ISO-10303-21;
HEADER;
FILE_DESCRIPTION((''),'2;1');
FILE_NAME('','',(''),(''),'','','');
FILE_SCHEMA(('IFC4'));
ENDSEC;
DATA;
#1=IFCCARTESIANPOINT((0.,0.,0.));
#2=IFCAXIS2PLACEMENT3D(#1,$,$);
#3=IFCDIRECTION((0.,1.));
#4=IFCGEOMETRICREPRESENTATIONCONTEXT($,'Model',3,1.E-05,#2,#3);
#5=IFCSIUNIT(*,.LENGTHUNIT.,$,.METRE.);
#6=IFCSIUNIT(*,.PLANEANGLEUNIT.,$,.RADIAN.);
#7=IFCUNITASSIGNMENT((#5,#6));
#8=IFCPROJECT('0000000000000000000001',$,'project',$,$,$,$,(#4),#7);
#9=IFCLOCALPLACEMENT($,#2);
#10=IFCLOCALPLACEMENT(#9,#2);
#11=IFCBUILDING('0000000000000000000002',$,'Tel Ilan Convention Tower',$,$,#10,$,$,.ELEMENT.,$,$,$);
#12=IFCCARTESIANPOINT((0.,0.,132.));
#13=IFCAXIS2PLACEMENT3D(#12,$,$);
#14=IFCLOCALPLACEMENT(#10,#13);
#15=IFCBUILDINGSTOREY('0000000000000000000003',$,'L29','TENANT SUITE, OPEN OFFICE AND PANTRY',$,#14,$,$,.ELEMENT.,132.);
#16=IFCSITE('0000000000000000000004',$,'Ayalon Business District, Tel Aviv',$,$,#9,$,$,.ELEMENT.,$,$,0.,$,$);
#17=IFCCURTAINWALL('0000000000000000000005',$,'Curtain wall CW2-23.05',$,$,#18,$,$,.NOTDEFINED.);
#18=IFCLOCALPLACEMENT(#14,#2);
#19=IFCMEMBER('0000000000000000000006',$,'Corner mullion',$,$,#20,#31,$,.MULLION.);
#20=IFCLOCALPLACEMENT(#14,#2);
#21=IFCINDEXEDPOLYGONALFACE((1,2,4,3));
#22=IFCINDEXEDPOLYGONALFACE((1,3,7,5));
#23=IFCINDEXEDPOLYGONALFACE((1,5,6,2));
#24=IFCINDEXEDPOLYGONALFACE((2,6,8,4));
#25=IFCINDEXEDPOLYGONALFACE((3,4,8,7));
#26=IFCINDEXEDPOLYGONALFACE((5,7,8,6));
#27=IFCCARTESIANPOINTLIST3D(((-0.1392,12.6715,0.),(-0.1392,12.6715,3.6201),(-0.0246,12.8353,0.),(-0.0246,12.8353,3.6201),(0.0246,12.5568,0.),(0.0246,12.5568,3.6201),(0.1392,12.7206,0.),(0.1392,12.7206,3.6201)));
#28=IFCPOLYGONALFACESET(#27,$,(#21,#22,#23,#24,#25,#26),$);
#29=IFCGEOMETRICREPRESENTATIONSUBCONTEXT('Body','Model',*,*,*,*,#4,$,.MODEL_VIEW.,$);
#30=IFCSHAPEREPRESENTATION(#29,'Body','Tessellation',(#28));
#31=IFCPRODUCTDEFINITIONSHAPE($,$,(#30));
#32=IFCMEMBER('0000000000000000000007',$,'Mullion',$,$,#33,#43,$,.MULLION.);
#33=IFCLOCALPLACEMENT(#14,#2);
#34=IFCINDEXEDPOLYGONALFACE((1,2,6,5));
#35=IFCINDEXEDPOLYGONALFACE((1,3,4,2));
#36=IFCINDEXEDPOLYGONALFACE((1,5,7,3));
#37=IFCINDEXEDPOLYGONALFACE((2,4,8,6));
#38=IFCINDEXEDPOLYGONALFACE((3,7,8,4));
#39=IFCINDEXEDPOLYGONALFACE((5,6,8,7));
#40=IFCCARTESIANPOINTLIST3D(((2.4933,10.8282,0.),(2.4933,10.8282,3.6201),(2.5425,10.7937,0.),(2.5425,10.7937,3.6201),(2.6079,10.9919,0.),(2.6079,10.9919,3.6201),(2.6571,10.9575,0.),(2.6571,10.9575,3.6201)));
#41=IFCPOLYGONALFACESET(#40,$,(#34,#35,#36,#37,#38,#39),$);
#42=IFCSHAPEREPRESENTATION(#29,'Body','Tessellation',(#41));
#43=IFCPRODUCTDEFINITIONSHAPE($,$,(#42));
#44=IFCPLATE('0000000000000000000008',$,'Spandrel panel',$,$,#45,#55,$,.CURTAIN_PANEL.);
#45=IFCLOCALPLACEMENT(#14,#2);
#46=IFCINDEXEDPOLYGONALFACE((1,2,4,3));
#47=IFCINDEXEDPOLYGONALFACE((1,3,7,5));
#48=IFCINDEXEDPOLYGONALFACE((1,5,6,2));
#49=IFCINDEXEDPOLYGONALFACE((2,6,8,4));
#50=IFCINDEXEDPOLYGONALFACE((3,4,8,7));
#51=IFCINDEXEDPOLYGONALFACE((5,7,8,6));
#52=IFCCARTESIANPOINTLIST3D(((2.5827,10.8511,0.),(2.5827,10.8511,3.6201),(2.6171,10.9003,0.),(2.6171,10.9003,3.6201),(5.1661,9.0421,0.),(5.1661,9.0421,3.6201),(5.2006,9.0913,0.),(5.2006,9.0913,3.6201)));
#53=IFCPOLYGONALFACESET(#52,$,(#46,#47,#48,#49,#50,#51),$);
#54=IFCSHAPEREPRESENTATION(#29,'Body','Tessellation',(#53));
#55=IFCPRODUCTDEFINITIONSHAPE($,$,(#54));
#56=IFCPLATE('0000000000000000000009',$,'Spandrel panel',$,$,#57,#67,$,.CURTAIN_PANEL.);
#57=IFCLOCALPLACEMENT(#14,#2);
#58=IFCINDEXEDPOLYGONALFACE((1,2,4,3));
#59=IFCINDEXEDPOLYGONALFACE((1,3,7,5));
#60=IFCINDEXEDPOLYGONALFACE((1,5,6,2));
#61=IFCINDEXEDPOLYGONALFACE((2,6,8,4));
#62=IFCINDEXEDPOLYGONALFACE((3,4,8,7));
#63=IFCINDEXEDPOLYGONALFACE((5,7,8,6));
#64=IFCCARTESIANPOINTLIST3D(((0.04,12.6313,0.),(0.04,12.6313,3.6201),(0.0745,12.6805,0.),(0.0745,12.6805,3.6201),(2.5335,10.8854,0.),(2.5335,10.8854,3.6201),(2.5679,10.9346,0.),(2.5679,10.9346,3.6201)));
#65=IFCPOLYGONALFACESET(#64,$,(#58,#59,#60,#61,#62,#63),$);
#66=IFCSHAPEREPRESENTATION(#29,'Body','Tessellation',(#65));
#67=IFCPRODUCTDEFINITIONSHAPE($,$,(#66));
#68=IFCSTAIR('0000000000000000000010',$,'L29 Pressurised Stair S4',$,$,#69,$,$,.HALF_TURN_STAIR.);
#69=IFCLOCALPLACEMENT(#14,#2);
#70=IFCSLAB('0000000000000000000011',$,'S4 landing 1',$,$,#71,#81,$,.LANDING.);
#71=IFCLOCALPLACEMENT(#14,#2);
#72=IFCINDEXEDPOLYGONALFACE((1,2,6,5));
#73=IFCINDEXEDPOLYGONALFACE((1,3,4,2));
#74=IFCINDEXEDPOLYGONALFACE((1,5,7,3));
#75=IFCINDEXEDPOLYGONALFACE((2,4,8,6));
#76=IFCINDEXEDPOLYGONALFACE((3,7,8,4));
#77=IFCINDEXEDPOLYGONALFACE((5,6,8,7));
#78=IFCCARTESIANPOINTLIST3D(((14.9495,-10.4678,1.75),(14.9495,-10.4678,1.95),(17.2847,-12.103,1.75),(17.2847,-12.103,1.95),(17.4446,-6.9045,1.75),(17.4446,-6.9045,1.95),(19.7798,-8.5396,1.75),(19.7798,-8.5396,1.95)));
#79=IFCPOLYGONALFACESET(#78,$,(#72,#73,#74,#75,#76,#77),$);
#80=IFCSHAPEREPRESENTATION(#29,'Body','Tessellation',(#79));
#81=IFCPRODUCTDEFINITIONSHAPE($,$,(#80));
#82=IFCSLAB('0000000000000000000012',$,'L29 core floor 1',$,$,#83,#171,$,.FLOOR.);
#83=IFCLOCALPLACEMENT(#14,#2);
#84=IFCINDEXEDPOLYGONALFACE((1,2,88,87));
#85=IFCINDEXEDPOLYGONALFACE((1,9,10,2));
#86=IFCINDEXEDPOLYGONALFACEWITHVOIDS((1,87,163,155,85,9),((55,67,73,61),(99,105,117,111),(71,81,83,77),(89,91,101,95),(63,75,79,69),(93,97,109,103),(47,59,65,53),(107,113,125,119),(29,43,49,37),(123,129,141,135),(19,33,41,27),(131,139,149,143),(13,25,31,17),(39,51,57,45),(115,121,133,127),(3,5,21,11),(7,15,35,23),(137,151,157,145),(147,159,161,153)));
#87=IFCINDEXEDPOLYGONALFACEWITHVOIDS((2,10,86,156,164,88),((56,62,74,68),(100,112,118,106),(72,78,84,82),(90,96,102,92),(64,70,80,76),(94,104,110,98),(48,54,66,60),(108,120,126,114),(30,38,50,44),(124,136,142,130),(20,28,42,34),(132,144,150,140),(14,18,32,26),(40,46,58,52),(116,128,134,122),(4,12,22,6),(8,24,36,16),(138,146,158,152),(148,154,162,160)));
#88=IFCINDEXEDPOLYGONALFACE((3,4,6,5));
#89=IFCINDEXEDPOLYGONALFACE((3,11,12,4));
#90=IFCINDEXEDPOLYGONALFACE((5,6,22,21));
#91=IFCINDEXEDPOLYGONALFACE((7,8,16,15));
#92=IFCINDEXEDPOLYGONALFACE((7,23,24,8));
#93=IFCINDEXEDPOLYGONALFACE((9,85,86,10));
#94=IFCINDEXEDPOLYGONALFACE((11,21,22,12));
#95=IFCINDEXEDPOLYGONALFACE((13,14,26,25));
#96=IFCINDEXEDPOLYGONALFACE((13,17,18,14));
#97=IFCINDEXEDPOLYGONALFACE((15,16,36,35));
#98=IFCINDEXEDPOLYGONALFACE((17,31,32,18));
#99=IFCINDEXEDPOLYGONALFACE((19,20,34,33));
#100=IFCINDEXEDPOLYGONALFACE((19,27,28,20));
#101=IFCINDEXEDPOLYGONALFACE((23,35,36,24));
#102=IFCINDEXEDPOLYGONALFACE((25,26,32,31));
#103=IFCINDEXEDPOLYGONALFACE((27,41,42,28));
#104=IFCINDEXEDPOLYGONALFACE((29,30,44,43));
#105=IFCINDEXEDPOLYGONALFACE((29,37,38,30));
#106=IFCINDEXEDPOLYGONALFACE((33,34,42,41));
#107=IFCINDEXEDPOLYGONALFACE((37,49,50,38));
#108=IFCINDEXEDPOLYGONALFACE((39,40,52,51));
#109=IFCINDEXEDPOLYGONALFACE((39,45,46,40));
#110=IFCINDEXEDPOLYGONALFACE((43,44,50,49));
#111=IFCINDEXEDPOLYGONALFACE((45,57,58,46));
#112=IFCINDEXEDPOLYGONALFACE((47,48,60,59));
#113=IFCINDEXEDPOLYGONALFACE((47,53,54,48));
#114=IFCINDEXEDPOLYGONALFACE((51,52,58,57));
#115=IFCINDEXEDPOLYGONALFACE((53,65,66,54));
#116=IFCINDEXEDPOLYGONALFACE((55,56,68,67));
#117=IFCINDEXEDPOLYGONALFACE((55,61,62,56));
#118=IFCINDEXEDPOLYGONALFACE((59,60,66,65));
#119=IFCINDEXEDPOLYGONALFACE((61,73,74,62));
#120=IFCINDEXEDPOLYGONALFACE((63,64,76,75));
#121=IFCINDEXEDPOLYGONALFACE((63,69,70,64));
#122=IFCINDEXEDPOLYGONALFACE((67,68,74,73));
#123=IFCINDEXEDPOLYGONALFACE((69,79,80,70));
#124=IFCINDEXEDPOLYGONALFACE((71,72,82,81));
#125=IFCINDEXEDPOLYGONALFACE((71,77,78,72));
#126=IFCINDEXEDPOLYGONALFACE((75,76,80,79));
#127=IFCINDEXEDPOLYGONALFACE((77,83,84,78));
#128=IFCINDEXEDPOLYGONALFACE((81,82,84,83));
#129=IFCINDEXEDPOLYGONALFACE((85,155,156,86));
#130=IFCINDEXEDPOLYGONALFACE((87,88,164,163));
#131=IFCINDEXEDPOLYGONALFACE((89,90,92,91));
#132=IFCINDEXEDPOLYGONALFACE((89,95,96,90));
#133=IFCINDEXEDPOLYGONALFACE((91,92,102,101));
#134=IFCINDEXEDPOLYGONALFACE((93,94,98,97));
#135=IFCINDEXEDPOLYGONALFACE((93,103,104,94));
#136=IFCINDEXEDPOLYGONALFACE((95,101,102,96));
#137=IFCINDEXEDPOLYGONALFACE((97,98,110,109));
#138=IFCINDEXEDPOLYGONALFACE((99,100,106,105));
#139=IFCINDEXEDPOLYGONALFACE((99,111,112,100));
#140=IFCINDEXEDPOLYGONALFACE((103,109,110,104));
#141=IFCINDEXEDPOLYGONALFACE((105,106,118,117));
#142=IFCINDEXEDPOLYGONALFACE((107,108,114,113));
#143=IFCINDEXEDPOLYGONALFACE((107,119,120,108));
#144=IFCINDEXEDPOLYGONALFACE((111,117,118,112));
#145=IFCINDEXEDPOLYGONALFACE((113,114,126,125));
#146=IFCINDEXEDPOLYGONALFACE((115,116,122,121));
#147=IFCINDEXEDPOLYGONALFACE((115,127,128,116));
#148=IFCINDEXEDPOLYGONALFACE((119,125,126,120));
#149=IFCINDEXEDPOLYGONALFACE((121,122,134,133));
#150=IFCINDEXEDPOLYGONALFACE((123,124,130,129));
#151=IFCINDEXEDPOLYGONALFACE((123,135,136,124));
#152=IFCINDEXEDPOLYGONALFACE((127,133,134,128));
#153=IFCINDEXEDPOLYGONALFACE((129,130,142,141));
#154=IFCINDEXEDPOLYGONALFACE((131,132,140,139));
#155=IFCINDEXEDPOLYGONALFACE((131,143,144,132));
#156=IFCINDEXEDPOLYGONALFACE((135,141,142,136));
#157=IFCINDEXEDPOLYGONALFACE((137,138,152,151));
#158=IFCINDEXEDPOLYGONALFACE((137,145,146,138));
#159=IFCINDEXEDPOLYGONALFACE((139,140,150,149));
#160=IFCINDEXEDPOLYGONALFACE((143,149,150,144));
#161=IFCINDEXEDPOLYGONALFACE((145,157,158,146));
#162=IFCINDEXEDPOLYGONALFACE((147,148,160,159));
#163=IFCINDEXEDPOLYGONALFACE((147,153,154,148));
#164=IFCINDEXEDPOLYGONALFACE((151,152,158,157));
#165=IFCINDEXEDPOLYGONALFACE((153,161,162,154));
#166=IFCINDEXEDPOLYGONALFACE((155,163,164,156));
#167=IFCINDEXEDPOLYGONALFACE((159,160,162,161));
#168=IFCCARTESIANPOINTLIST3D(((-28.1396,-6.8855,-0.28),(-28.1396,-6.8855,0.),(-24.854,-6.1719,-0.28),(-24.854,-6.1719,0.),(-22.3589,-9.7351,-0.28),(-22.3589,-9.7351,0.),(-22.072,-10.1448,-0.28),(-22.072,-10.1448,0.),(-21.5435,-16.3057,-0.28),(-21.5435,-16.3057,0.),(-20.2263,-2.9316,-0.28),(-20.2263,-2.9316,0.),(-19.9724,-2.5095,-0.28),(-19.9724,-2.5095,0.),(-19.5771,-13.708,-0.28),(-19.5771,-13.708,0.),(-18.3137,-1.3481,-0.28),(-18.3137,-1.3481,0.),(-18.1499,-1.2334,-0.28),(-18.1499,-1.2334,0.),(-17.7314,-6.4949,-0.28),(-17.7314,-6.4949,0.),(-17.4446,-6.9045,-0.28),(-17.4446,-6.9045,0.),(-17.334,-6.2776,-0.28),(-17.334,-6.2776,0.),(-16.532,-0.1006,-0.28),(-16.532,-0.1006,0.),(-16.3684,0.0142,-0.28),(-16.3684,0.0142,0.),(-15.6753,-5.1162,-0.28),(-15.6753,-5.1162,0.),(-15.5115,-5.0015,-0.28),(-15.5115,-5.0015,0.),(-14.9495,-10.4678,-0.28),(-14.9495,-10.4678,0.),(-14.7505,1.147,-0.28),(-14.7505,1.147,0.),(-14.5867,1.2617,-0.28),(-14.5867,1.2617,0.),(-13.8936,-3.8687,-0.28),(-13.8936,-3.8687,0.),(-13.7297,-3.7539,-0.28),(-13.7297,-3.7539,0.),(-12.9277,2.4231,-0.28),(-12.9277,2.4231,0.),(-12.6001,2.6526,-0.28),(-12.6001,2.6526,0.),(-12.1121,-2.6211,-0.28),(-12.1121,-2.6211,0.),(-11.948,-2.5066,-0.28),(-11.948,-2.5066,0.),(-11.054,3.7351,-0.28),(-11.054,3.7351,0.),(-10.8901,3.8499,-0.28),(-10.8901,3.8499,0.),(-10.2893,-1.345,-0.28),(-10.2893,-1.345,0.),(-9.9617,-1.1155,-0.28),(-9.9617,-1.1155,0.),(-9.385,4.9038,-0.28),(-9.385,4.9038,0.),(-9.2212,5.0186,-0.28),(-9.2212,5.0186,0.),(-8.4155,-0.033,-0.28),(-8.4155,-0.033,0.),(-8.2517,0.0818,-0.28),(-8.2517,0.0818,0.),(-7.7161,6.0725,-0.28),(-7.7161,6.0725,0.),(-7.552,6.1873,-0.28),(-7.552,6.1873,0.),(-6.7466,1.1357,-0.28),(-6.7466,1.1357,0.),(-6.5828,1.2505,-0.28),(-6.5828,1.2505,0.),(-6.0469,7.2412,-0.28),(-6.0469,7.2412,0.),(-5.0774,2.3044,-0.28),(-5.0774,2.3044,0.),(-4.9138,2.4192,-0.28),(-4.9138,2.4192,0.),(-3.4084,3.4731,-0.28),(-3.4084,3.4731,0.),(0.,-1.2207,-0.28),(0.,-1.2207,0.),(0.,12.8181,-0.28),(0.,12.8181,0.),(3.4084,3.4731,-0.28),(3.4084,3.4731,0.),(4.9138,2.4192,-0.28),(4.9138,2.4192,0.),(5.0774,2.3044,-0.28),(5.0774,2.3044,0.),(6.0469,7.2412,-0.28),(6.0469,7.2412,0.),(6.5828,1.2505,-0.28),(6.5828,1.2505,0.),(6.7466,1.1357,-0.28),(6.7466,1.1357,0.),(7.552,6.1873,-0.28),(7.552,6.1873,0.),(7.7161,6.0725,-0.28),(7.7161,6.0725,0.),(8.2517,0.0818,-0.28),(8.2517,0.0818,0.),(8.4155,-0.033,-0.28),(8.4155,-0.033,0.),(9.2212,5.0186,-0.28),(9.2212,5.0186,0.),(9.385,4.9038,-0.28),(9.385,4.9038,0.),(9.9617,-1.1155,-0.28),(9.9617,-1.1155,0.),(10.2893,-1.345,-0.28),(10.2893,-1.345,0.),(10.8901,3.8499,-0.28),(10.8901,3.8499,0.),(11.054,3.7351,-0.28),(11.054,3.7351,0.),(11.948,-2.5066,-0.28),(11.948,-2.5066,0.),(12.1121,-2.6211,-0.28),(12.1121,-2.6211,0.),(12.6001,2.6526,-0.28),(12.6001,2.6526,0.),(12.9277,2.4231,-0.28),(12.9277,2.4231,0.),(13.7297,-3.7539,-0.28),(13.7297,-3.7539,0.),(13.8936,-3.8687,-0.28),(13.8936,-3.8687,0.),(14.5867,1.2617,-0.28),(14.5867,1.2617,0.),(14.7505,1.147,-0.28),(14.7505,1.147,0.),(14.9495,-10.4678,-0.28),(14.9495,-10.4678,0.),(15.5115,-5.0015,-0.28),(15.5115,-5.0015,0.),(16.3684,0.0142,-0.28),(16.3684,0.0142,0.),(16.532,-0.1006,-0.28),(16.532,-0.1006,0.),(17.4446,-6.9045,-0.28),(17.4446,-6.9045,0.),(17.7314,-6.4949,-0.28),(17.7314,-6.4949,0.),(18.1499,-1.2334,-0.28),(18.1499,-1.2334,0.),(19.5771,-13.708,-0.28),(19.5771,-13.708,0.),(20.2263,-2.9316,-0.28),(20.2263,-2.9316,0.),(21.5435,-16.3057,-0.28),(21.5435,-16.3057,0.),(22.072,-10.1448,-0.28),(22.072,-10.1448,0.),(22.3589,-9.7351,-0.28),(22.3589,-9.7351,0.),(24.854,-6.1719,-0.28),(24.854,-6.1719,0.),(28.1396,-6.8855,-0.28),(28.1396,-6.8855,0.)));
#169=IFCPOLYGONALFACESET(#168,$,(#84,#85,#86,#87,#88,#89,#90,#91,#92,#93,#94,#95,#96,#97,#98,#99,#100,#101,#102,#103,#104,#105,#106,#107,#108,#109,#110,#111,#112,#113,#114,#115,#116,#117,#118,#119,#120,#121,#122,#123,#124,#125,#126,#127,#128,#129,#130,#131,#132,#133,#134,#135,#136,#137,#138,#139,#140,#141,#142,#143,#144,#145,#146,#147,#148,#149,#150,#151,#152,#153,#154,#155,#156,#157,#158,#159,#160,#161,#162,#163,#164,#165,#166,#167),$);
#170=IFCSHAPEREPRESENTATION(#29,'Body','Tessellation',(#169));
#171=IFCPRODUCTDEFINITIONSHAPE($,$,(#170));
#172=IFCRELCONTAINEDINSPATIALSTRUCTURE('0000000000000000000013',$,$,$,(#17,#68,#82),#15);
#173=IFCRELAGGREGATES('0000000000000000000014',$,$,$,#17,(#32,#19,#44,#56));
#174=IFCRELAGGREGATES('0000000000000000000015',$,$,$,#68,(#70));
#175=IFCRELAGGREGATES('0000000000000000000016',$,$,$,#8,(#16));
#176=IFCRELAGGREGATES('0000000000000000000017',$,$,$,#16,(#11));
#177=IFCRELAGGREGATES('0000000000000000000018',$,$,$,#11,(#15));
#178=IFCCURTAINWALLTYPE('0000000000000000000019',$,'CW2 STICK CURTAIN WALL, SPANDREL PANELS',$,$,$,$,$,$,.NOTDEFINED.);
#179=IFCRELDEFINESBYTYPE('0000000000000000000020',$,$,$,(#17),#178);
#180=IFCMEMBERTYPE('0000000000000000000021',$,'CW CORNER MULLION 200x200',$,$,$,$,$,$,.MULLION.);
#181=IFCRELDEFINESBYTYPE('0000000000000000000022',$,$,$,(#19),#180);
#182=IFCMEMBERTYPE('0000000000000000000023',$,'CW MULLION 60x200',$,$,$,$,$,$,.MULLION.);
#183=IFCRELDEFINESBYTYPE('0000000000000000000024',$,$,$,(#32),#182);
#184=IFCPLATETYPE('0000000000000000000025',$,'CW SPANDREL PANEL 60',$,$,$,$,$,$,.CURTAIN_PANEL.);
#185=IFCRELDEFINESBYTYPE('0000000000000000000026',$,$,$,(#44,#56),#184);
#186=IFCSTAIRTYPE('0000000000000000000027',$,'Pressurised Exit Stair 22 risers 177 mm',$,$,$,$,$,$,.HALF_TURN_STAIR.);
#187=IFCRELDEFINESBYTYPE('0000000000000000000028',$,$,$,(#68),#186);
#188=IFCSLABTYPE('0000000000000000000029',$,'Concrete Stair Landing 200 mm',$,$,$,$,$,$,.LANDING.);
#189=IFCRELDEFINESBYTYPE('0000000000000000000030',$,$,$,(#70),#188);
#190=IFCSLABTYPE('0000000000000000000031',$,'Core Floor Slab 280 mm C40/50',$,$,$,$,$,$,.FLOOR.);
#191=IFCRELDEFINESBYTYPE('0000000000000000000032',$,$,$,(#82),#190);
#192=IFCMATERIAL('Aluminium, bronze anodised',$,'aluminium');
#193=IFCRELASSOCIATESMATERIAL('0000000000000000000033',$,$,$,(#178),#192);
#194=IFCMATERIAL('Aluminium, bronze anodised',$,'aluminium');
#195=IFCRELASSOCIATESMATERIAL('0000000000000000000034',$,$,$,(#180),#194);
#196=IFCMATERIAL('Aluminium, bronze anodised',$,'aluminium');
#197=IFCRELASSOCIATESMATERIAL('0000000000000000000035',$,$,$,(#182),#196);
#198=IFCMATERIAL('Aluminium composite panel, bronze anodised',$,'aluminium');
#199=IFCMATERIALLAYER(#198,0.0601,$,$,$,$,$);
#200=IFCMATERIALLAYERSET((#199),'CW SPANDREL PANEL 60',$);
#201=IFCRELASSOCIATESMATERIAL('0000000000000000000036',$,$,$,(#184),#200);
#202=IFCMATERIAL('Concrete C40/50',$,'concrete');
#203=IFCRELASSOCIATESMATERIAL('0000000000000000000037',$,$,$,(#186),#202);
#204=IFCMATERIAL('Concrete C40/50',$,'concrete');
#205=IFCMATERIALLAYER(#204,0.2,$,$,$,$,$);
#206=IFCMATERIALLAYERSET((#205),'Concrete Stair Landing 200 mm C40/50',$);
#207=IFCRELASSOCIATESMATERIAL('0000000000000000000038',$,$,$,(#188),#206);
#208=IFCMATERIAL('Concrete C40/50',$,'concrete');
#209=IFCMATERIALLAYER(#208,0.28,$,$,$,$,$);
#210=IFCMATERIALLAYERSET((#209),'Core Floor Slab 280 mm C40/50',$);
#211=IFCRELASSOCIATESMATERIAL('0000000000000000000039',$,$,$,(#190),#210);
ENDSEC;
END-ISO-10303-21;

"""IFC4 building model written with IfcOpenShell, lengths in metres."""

from ifc_helpers import new_model, si_unit, direction, frame, origin, origin_2d, place, context, subcontext, project, spatial, polyline, rectangle, outline, extrude, material, layer, layer_set, material_profile, profile_set, type_object, element, aggregate, save


model = new_model("IFC4")

# Units and contexts
model_context = context("Model", 3, precision=1e-05, world=origin(), true_north=direction((0.0, 1.0)))
body_context = subcontext(model_context, "Body", "Model", "MODEL_VIEW")
ifc_project = project(units=[si_unit("LENGTHUNIT", "METRE"), si_unit("PLANEANGLEUNIT", "RADIAN")], contexts=[model_context])

# Site, building, storey
site_placement = place(None, origin())
site = spatial("IfcSite", under=ifc_project, at=site_placement, Name="Ayalon Business District, Tel Aviv", CompositionType="ELEMENT", RefElevation=0.0)
building_placement = place(site_placement, origin())
building = spatial("IfcBuilding", under=site, at=building_placement, Name="Tel Ilan Convention Tower", CompositionType="ELEMENT")
storey_placement = place(building_placement, frame((0.0, 0.0, 132.0)))
storey = spatial("IfcBuildingStorey", under=building, at=storey_placement, Name="L29", Description="TENANT SUITE, OPEN OFFICE AND PANTRY", CompositionType="ELEMENT", Elevation=132.0)

# Curtain wall, members, plates
ifc_material_1 = material(Name="Aluminium, bronze anodised", Category="aluminium")
curtain_wall_type = type_object("IfcCurtainWallType", Name="CW2 STICK CURTAIN WALL, SPANDREL PANELS", PredefinedType="NOTDEFINED", material=ifc_material_1)
curtain_wall_placement = place(storey_placement, origin())
curtain_wall = element("IfcCurtainWall", 1, at=curtain_wall_placement, inside=storey, type_object=curtain_wall_type, Name="Curtain wall CW2-23.05", PredefinedType="NOTDEFINED")
ifc_material_2 = material(Name="Aluminium, bronze anodised", Category="aluminium")
ifc_material_profile_1 = material_profile(ifc_material_2, rectangle(XDim=0.2, YDim=0.2, at=origin_2d()), Name="CW CORNER MULLION 200x200")
ifc_profile_set_1 = profile_set([ifc_material_profile_1], Name="Aluminium, bronze anodised")
member_type_1 = type_object("IfcMemberType", Name="CW CORNER MULLION 200x200", PredefinedType="MULLION", material=ifc_profile_set_1)
member_1_placement = place(storey_placement, frame((0.0, 12.696, 0.0), z_axis=(0.0, 0.0, 1.0), x_axis=(-0.819152, 0.573576, 0.0)))
member_1 = element("IfcMember", 2, at=member_1_placement, type_object=member_type_1, Name="Corner mullion", PredefinedType="MULLION", context=body_context, shape_type="SweptSolid", body=[
    extrude(rectangle(XDim=0.2, YDim=0.2, at=origin_2d()), origin(), (0.0, 0.0, 1.0), 3.6201),
])
ifc_material_3 = material(Name="Aluminium, bronze anodised", Category="aluminium")
ifc_material_profile_2 = material_profile(ifc_material_3, rectangle(XDim=0.0601, YDim=0.2, at=origin_2d()), Name="CW MULLION 60x200")
ifc_profile_set_2 = profile_set([ifc_material_profile_2], Name="Aluminium, bronze anodised")
member_type_2 = type_object("IfcMemberType", Name="CW MULLION 60x200", PredefinedType="MULLION", material=ifc_profile_set_2)
member_2_placement = place(storey_placement, frame((2.5752, 10.8928, 0.0), z_axis=(0.0, 0.0, 1.0), x_axis=(-0.819152, 0.573576, 0.0)))
member_2 = element("IfcMember", 3, at=member_2_placement, type_object=member_type_2, Name="Mullion", PredefinedType="MULLION", context=body_context, shape_type="SweptSolid", body=[
    extrude(rectangle(XDim=0.0601, YDim=0.2, at=origin_2d()), origin(), (0.0, 0.0, 1.0), 3.6201),
])
ifc_material_4 = material(Name="Aluminium composite panel, bronze anodised", Category="aluminium")
ifc_layer_1 = layer(ifc_material_4, 0.0601)
ifc_layer_set_1 = layer_set([ifc_layer_1], Name="CW SPANDREL PANEL 60")
plate_type = type_object("IfcPlateType", Name="CW SPANDREL PANEL 60", PredefinedType="CURTAIN_PANEL", material=ifc_layer_set_1)
plate_1_placement = place(storey_placement, frame((3.8916, 9.9712, 0.0), z_axis=(0.0, 0.0, 1.0), x_axis=(-0.819152, 0.573576, 0.0)))
plate_1 = element("IfcPlate", 4, at=plate_1_placement, type_object=plate_type, Name="Spandrel panel", PredefinedType="CURTAIN_PANEL", context=body_context, shape_type="SweptSolid", body=[
    extrude(rectangle(XDim=3.1538, YDim=0.0601, at=origin_2d()), origin(), (0.0, 0.0, 1.0), 3.6201),
])
plate_2_placement = place(storey_placement, frame((1.304, 11.783, 0.0), z_axis=(0.0, 0.0, 1.0), x_axis=(-0.819152, 0.573576, 0.0)))
plate_2 = element("IfcPlate", 5, at=plate_2_placement, type_object=plate_type, Name="Spandrel panel", PredefinedType="CURTAIN_PANEL", context=body_context, shape_type="SweptSolid", body=[
    extrude(rectangle(XDim=3.0439, YDim=0.0601, at=origin_2d()), origin(), (0.0, 0.0, 1.0), 3.6201),
])
aggregate(curtain_wall, [member_2, member_1, plate_1, plate_2])

# Stair, slab
ifc_material_5 = material(Name="Concrete C40/50", Category="concrete")
stair_type = type_object("IfcStairType", Name="Pressurised Exit Stair 22 risers 177 mm", PredefinedType="HALF_TURN_STAIR", material=ifc_material_5)
stair_placement = place(storey_placement, origin())
stair = element("IfcStair", 6, at=stair_placement, inside=storey, type_object=stair_type, Name="L29 Pressurised Stair S4", PredefinedType="HALF_TURN_STAIR")
ifc_material_6 = material(Name="Concrete C40/50", Category="concrete")
ifc_layer_2 = layer(ifc_material_6, 0.2)
ifc_layer_set_2 = layer_set([ifc_layer_2], Name="Concrete Stair Landing 200 mm C40/50")
slab_type_1 = type_object("IfcSlabType", Name="Concrete Stair Landing 200 mm", PredefinedType="LANDING", material=ifc_layer_set_2)
slab_1_placement = place(storey_placement, frame((0.0, 0.0, 1.75)))
slab_1 = element("IfcSlab", 7, at=slab_1_placement, type_object=slab_type_1, Name="S4 landing 1", PredefinedType="LANDING", context=body_context, shape_type="SweptSolid", body=[
    extrude(outline(polyline([(19.7798, -8.5396), (17.4446, -6.9045), (14.9495, -10.4678), (17.2847, -12.103), (19.7798, -8.5396)])), origin(), (0.0, 0.0, 1.0), 0.2),
])
aggregate(stair, [slab_1])

# Slab
ifc_material_7 = material(Name="Concrete C40/50", Category="concrete")
ifc_layer_3 = layer(ifc_material_7, 0.28)
ifc_layer_set_3 = layer_set([ifc_layer_3], Name="Core Floor Slab 280 mm C40/50")
slab_type_2 = type_object("IfcSlabType", Name="Core Floor Slab 280 mm C40/50", PredefinedType="FLOOR", material=ifc_layer_set_3)
slab_2_placement = place(storey_placement, frame((0.0, 0.0, -0.28)))
element("IfcSlab", 8, at=slab_2_placement, inside=storey, type_object=slab_type_2, Name="L29 core floor 1", PredefinedType="FLOOR", context=body_context, shape_type="SweptSolid", body=[
    extrude(outline(polyline([(-28.1396, -6.8855), (0.0, 12.8181), (28.1396, -6.8855), (21.5435, -16.3057), (0.0, -1.2207), (-21.5435, -16.3057), (-28.1396, -6.8855)]), holes=[polyline([(-14.9495, -10.4678), (-17.4446, -6.9045), (-22.072, -10.1448), (-19.5771, -13.708), (-14.9495, -10.4678)]), polyline([(-17.7314, -6.4949), (-20.2263, -2.9316), (-24.854, -6.1719), (-22.3589, -9.7351), (-17.7314, -6.4949)]), polyline([(-18.3137, -1.3481), (-19.9724, -2.5095), (-17.334, -6.2776), (-15.6753, -5.1162), (-18.3137, -1.3481)]), polyline([(-16.532, -0.1006), (-18.1499, -1.2334), (-15.5115, -5.0015), (-13.8936, -3.8687), (-16.532, -0.1006)]), polyline([(-14.7505, 1.147), (-16.3684, 0.0142), (-13.7297, -3.7539), (-12.1121, -2.6211), (-14.7505, 1.147)]), polyline([(-12.9277, 2.4231), (-14.5867, 1.2617), (-11.948, -2.5066), (-10.2893, -1.345), (-12.9277, 2.4231)]), polyline([(-11.054, 3.7351), (-12.6001, 2.6526), (-9.9617, -1.1155), (-8.4155, -0.033), (-11.054, 3.7351)]), polyline([(-6.7466, 1.1357), (-9.385, 4.9038), (-10.8901, 3.8499), (-8.2517, 0.0818), (-6.7466, 1.1357)]), polyline([(-5.0774, 2.3044), (-7.7161, 6.0725), (-9.2212, 5.0186), (-6.5828, 1.2505), (-5.0774, 2.3044)]), polyline([(-6.0469, 7.2412), (-7.552, 6.1873), (-4.9138, 2.4192), (-3.4084, 3.4731), (-6.0469, 7.2412)]), polyline([(17.4446, -6.9045), (14.9495, -10.4678), (19.5771, -13.708), (22.072, -10.1448), (17.4446, -6.9045)]), polyline([(20.2263, -2.9316), (17.7314, -6.4949), (22.3589, -9.7351), (24.854, -6.1719), (20.2263, -2.9316)]), polyline([(13.8936, -3.8687), (15.5115, -5.0015), (18.1499, -1.2334), (16.532, -0.1006), (13.8936, -3.8687)]), polyline([(12.1121, -2.6211), (13.7297, -3.7539), (16.3684, 0.0142), (14.7505, 1.147), (12.1121, -2.6211)]), polyline([(11.948, -2.5066), (14.5867, 1.2617), (12.9277, 2.4231), (10.2893, -1.345), (11.948, -2.5066)]), polyline([(9.9617, -1.1155), (12.6001, 2.6526), (11.054, 3.7351), (8.4155, -0.033), (9.9617, -1.1155)]), polyline([(8.2517, 0.0818), (10.8901, 3.8499), (9.385, 4.9038), (6.7466, 1.1357), (8.2517, 0.0818)]), polyline([(5.0774, 2.3044), (6.5828, 1.2505), (9.2212, 5.0186), (7.7161, 6.0725), (5.0774, 2.3044)]), polyline([(3.4084, 3.4731), (4.9138, 2.4192), (7.552, 6.1873), (6.0469, 7.2412), (3.4084, 3.4731)])]), origin(), (0.0, 0.0, 1.0), 0.28),
])

save(model, "model.ifc")
